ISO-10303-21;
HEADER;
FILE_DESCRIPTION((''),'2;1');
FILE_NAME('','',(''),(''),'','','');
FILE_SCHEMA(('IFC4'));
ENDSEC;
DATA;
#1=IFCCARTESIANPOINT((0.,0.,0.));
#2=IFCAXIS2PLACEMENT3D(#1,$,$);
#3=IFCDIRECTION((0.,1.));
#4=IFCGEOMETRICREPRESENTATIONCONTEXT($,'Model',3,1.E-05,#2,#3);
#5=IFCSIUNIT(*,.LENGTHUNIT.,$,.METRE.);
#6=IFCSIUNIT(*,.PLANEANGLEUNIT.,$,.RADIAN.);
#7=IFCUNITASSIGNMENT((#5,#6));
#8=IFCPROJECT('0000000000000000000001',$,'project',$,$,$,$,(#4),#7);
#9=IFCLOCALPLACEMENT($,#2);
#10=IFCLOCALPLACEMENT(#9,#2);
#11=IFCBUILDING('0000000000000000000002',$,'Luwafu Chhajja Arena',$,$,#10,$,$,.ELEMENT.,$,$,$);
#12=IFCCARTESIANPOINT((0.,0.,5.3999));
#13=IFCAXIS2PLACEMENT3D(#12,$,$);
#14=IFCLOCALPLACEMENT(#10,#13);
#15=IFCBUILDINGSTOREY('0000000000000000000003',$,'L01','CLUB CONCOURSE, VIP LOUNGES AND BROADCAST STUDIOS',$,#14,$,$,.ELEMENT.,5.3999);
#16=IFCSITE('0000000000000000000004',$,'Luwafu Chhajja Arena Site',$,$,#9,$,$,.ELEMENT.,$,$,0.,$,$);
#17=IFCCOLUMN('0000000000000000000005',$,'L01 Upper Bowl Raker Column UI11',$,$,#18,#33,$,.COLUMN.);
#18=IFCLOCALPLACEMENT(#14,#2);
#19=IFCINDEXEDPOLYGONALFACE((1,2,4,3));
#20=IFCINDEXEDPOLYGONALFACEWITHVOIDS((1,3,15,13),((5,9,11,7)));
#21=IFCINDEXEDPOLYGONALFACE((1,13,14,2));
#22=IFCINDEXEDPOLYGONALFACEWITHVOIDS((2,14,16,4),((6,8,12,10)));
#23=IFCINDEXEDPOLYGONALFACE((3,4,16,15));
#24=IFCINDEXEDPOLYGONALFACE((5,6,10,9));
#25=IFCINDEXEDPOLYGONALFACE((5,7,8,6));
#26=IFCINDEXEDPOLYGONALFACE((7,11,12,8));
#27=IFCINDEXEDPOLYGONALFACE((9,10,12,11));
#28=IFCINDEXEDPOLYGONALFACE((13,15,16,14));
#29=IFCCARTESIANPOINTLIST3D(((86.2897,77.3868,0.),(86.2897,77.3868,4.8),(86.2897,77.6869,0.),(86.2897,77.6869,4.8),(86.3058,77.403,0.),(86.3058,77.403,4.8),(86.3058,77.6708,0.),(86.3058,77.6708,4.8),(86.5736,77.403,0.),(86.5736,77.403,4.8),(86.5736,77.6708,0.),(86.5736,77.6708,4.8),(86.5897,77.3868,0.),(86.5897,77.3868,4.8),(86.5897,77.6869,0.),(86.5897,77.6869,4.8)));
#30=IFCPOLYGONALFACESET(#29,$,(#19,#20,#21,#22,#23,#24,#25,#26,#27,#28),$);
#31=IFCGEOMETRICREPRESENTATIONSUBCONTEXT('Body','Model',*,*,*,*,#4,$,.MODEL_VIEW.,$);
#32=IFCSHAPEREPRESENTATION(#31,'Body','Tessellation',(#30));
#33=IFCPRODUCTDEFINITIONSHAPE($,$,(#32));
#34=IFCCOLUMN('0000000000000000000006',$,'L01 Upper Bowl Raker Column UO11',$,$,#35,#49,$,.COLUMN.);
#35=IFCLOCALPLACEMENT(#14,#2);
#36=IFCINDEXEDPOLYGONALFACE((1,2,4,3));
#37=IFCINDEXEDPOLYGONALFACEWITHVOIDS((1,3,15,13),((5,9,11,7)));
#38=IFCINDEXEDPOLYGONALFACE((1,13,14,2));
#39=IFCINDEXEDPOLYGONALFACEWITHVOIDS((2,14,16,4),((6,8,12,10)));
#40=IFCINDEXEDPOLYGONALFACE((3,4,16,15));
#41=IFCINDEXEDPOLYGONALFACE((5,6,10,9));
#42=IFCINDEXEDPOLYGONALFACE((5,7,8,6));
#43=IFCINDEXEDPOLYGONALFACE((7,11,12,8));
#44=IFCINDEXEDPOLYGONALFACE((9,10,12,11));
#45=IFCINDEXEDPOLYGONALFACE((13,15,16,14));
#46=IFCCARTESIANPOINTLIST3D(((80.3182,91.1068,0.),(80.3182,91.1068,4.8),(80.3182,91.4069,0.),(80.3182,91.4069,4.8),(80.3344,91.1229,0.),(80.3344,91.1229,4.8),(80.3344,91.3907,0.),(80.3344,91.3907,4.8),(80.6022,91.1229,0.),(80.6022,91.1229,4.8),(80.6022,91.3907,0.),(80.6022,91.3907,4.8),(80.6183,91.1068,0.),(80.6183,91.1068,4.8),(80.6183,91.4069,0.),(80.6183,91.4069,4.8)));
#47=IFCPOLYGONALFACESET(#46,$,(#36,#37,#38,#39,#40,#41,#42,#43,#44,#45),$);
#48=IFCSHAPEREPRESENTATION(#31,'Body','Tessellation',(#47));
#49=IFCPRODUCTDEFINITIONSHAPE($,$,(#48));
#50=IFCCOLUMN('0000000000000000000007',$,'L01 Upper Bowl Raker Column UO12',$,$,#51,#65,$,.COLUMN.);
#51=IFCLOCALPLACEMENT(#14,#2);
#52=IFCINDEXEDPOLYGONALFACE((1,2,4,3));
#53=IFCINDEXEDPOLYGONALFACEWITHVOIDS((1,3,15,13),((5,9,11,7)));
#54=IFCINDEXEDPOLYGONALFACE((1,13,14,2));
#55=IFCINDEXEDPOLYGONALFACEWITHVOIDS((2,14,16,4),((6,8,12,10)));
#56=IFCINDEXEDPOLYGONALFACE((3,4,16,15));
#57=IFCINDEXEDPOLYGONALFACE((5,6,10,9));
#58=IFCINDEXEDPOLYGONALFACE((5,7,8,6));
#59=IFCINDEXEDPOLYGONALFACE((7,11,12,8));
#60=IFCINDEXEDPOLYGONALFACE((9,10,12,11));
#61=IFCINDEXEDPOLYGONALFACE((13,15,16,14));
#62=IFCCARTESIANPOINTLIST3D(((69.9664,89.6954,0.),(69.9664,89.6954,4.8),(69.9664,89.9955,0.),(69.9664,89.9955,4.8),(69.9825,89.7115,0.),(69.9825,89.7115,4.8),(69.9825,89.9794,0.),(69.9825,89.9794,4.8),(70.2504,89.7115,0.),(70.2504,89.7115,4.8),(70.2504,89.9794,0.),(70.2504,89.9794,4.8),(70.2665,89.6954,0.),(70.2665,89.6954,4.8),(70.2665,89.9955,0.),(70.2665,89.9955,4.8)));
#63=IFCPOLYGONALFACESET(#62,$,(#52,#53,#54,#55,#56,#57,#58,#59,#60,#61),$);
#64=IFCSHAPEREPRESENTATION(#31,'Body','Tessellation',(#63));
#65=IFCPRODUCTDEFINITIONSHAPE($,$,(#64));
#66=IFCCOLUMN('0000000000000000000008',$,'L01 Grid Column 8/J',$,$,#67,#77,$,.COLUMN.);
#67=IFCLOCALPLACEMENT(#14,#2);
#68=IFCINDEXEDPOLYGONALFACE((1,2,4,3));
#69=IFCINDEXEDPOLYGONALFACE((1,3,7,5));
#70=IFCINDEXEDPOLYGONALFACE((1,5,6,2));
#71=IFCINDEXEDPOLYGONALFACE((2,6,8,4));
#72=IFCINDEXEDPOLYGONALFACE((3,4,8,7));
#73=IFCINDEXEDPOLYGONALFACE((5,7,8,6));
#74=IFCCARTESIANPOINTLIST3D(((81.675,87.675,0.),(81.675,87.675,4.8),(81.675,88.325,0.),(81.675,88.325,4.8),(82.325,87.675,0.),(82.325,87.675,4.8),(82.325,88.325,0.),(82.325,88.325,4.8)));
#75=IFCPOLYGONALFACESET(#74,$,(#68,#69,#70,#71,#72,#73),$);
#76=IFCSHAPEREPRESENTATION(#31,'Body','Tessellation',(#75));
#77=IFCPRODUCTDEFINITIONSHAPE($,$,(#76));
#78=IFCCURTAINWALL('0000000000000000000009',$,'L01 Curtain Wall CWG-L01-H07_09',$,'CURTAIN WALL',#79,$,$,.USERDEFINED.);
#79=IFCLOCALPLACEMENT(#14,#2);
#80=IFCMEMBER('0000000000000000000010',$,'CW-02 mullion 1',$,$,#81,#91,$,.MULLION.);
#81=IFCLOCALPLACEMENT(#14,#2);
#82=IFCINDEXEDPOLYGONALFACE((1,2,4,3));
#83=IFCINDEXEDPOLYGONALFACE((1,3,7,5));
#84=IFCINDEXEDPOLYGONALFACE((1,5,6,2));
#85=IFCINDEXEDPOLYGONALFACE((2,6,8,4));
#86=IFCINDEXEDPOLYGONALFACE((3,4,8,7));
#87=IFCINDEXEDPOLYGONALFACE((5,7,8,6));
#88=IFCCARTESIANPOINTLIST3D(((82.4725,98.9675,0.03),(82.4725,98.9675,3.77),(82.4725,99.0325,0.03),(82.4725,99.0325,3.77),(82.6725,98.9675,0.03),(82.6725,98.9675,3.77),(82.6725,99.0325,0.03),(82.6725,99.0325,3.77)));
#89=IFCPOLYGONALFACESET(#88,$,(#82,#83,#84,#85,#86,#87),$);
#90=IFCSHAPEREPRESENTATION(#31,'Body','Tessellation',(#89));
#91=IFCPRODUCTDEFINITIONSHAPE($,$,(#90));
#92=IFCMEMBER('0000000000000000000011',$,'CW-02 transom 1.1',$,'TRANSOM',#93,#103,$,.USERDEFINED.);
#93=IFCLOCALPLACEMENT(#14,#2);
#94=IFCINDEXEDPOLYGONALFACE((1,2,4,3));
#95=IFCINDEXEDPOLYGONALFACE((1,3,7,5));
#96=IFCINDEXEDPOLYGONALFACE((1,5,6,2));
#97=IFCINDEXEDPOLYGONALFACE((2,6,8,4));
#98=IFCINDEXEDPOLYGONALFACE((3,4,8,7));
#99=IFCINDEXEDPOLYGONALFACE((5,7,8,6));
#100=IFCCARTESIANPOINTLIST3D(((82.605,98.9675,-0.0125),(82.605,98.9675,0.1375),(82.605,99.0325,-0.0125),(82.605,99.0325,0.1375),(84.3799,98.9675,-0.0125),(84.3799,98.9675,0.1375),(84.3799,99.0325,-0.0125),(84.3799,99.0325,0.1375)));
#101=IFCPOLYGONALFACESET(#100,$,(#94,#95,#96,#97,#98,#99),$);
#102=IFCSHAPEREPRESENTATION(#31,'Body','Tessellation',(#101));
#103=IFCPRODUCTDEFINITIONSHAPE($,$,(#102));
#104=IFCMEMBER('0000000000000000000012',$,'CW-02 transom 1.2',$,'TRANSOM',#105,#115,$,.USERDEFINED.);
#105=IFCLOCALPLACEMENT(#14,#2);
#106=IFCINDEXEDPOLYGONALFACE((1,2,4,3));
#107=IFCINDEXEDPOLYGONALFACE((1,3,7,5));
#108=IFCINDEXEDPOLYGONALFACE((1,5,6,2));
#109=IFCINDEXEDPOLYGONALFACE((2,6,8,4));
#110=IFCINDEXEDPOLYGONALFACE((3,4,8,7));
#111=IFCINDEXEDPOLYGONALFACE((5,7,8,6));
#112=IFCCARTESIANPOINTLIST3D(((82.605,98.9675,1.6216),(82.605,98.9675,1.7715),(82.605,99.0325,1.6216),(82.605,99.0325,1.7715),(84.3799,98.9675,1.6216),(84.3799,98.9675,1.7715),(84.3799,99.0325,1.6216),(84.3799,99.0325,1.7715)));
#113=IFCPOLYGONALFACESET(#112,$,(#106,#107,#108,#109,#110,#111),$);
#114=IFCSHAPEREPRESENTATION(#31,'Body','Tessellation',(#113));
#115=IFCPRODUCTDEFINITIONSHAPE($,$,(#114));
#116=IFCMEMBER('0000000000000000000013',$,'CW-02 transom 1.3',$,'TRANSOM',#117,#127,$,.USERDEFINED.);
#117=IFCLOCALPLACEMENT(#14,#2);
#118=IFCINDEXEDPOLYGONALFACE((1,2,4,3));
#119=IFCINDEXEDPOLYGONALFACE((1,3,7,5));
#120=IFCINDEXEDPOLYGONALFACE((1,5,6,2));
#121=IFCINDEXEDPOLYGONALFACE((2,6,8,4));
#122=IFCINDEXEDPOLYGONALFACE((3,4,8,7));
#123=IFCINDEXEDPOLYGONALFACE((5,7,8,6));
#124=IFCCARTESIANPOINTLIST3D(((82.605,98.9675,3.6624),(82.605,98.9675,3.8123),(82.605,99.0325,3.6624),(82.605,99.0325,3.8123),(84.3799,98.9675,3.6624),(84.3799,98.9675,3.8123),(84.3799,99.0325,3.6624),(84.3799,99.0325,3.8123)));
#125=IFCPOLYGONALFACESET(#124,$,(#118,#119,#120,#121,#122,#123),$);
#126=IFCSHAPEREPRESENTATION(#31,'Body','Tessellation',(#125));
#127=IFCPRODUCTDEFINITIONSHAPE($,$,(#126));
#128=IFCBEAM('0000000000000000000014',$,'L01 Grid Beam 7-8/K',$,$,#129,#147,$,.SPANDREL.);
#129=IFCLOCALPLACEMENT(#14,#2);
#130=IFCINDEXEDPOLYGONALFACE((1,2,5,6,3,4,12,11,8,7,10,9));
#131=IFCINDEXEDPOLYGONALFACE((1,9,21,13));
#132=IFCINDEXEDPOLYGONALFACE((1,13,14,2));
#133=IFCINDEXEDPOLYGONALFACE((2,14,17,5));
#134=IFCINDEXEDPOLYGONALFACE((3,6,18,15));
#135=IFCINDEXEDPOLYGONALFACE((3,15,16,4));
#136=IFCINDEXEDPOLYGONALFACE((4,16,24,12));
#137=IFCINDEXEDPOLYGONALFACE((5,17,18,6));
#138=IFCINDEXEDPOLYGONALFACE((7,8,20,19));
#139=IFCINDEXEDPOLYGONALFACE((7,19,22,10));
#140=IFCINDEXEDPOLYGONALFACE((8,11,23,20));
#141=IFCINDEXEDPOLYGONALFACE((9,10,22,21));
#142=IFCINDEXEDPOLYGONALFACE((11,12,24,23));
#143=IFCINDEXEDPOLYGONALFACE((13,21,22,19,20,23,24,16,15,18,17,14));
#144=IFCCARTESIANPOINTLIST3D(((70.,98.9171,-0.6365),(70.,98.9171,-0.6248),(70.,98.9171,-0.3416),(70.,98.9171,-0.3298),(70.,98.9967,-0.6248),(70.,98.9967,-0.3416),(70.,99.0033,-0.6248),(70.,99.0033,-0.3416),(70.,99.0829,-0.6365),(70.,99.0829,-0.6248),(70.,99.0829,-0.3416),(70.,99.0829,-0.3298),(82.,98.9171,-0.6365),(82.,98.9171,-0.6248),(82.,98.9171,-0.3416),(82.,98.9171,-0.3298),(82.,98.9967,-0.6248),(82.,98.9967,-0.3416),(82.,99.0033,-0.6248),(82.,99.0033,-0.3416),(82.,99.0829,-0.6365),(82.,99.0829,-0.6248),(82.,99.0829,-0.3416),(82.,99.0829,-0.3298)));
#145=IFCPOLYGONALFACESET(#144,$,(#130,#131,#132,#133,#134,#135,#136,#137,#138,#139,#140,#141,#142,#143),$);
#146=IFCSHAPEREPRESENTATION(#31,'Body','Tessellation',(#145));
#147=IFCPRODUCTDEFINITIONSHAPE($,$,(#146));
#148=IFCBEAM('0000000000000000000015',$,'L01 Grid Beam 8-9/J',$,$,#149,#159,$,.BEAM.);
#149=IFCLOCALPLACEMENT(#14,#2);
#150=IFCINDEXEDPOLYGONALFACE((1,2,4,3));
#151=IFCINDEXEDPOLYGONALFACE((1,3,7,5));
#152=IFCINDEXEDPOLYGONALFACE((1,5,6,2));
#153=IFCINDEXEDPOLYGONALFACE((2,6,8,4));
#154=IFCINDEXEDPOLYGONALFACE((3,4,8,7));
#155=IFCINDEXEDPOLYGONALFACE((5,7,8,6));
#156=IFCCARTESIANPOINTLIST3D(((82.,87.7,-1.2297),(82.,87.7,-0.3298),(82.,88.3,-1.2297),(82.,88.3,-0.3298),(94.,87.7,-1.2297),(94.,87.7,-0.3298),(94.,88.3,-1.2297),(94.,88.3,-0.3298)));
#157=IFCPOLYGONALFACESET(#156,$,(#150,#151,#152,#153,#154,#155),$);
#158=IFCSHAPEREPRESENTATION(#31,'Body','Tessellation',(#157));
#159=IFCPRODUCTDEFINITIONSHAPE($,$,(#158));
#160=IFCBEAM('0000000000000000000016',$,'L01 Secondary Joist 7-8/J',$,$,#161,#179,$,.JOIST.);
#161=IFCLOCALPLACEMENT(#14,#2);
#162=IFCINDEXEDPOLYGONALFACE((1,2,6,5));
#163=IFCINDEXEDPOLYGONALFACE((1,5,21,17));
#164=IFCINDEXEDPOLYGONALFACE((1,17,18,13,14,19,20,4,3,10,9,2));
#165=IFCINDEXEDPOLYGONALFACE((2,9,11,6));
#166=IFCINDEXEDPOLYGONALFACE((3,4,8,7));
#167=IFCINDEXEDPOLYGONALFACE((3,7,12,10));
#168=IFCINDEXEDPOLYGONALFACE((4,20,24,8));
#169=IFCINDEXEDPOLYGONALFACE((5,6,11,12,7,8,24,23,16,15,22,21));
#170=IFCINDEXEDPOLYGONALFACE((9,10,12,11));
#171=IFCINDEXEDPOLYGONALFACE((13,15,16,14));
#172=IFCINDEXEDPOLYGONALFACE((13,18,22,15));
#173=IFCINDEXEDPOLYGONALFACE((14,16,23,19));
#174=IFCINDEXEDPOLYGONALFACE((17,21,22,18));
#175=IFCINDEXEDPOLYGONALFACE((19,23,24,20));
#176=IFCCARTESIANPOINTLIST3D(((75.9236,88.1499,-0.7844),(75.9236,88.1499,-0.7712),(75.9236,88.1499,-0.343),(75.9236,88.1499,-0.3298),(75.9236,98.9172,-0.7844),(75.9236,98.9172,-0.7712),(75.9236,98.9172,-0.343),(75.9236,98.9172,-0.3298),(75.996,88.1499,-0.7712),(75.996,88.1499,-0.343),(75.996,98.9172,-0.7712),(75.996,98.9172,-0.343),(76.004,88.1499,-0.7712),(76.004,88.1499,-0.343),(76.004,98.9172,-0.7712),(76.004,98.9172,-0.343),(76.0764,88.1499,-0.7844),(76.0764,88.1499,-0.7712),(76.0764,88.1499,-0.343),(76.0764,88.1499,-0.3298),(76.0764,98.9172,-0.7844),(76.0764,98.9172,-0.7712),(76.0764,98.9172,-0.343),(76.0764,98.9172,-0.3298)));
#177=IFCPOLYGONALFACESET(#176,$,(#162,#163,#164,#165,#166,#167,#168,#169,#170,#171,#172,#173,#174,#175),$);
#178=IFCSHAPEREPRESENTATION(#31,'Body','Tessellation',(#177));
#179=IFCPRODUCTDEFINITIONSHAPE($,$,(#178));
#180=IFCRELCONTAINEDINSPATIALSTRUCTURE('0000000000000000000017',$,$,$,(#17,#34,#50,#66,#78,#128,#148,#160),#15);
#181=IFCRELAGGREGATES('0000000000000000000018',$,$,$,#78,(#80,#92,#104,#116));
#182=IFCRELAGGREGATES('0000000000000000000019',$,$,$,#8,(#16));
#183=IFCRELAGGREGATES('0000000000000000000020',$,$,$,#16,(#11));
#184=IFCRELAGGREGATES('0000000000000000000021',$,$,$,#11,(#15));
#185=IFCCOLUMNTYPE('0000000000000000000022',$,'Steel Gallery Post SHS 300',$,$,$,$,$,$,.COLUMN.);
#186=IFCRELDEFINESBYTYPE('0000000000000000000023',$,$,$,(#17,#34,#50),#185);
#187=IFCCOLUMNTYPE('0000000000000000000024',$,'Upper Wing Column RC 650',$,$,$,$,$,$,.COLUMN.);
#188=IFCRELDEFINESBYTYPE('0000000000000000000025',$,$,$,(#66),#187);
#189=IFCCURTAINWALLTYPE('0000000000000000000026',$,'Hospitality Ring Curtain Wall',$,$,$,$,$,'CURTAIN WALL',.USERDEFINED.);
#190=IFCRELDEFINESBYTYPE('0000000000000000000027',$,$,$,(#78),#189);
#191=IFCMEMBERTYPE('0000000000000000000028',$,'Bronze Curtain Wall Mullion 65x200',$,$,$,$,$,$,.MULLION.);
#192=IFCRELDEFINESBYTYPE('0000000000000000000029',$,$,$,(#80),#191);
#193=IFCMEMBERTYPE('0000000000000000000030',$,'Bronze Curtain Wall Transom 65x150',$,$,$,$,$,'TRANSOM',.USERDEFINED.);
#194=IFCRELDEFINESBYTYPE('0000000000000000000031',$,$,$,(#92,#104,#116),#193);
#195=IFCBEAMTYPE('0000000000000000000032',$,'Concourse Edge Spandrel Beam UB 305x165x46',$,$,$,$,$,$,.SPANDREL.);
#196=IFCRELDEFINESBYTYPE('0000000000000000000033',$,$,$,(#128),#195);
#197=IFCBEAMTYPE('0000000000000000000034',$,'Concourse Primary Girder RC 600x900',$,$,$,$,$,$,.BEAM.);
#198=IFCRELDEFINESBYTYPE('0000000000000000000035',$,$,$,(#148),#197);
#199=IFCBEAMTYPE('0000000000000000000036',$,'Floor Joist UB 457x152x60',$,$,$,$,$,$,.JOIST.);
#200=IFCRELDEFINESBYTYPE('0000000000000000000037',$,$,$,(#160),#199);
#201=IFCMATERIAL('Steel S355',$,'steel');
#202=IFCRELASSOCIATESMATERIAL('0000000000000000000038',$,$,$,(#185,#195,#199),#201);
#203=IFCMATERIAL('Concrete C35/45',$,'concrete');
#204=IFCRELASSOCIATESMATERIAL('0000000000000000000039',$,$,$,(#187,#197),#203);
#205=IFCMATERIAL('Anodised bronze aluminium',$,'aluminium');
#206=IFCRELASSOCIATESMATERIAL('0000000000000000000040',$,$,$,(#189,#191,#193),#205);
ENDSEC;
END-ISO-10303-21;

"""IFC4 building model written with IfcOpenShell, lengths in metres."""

from ifc_helpers import new_model, si_unit, direction, frame, origin, origin_2d, place, context, subcontext, project, spatial, rectangle, hollow_rectangle, i_section, extrude, material, material_profile, profile_set, type_object, element, aggregate, save


model = new_model("IFC4")

# Units and contexts
model_context = context("Model", 3, precision=1e-05, world=origin(), true_north=direction((0.0, 1.0)))
body_context = subcontext(model_context, "Body", "Model", "MODEL_VIEW")
ifc_project = project(units=[si_unit("LENGTHUNIT", "METRE"), si_unit("PLANEANGLEUNIT", "RADIAN")], contexts=[model_context])

# Site, building, storey
site_placement = place(None, origin())
site = spatial("IfcSite", under=ifc_project, at=site_placement, Name="Luwafu Chhajja Arena Site", CompositionType="ELEMENT", RefElevation=0.0)
building_placement = place(site_placement, origin())
building = spatial("IfcBuilding", under=site, at=building_placement, Name="Luwafu Chhajja Arena", CompositionType="ELEMENT")
storey_placement = place(building_placement, frame((0.0, 0.0, 5.3999)))
storey = spatial("IfcBuildingStorey", under=building, at=storey_placement, Name="L01", Description="CLUB CONCOURSE, VIP LOUNGES AND BROADCAST STUDIOS", CompositionType="ELEMENT", Elevation=5.3999)

# Columns
ifc_material_1 = material(Name="Concrete C35/45", Category="concrete")
ifc_material_2 = material(Name="Steel S355", Category="steel")
ifc_material_profile_1 = material_profile(ifc_material_2, hollow_rectangle(XDim=0.3, YDim=0.3, WallThickness=0.0161, at=origin_2d()), Name="SHS 300x300x16")
ifc_profile_set_1 = profile_set([ifc_material_profile_1], Name="Steel S355")
column_type_1 = type_object("IfcColumnType", Name="Steel Gallery Post SHS 300", PredefinedType="COLUMN", material=ifc_profile_set_1)
for number, where, z_axis, x_axis, name in (
    (1, (86.4397, 77.5369, 0.0), (0.0, 0.0, 1.0), (1.0, 0.0, 0.0), "L01 Upper Bowl Raker Column UI11"),
    (2, (80.4683, 91.2568, 0.0), (0.0, 0.0, 1.0), (1.0, 0.0, 0.0), "L01 Upper Bowl Raker Column UO11"),
    (3, (70.1165, 89.8455, 0.0), (0.0, 0.0, 1.0), (1.0, 0.0, 0.0), "L01 Upper Bowl Raker Column UO12"),
):
    element("IfcColumn", number, at=place(storey_placement, frame(where, z_axis=z_axis, x_axis=x_axis)), inside=storey, type_object=column_type_1, Name=name, PredefinedType="COLUMN", context=body_context, shape_type="SweptSolid", body=[
        extrude(hollow_rectangle(XDim=0.3, YDim=0.3, WallThickness=0.0161, at=origin_2d()), origin(), (0.0, 0.0, 1.0), 4.8),
    ])
ifc_material_profile_2 = material_profile(ifc_material_1, rectangle(XDim=0.6499, YDim=0.6499, at=origin_2d()), Name="RC 650x650")
ifc_profile_set_2 = profile_set([ifc_material_profile_2], Name="Concrete C35/45")
column_type_2 = type_object("IfcColumnType", Name="Upper Wing Column RC 650", PredefinedType="COLUMN", material=ifc_profile_set_2)
column_1_placement = place(storey_placement, frame((82.0, 88.0, 0.0), z_axis=(0.0, 0.0, 1.0), x_axis=(1.0, 0.0, 0.0)))
element("IfcColumn", 4, at=column_1_placement, inside=storey, type_object=column_type_2, Name="L01 Grid Column 8/J", PredefinedType="COLUMN", context=body_context, shape_type="SweptSolid", body=[
    extrude(rectangle(XDim=0.6499, YDim=0.6499, at=origin_2d()), origin(), (0.0, 0.0, 1.0), 4.8),
])

# Curtain wall, members
ifc_material_3 = material(Name="Anodised bronze aluminium", Category="aluminium")
curtain_wall_type = type_object("IfcCurtainWallType", Name="Hospitality Ring Curtain Wall", ElementType="CURTAIN WALL", PredefinedType="USERDEFINED", material=ifc_material_3)
curtain_wall_placement = place(storey_placement, origin())
curtain_wall = element("IfcCurtainWall", 5, at=curtain_wall_placement, inside=storey, type_object=curtain_wall_type, Name="L01 Curtain Wall CWG-L01-H07_09", ObjectType="CURTAIN WALL", PredefinedType="USERDEFINED")
ifc_material_profile_3 = material_profile(ifc_material_3, rectangle(XDim=0.0649, YDim=0.2, at=origin_2d()), Name="CWM 65x200")
ifc_profile_set_3 = profile_set([ifc_material_profile_3], Name="Anodised bronze aluminium")
member_type_1 = type_object("IfcMemberType", Name="Bronze Curtain Wall Mullion 65x200", PredefinedType="MULLION", material=ifc_profile_set_3)
member_1_placement = place(storey_placement, frame((82.5725, 99.0, 0.03), z_axis=(0.0, 0.0, 1.0), x_axis=(0.0, 1.0, 0.0)))
member_1 = element("IfcMember", 6, at=member_1_placement, type_object=member_type_1, Name="CW-02 mullion 1", PredefinedType="MULLION", context=body_context, shape_type="SweptSolid", body=[
    extrude(rectangle(XDim=0.0649, YDim=0.2, at=origin_2d()), origin(), (0.0, 0.0, 1.0), 3.74),
])
ifc_material_profile_4 = material_profile(ifc_material_3, rectangle(XDim=0.0649, YDim=0.1499, at=origin_2d()), Name="CWT 65x150")
ifc_profile_set_4 = profile_set([ifc_material_profile_4], Name="Anodised bronze aluminium")
member_type_2 = type_object("IfcMemberType", Name="Bronze Curtain Wall Transom 65x150", ElementType="TRANSOM", PredefinedType="USERDEFINED", material=ifc_profile_set_4)
member_2_placement = place(storey_placement, frame((82.605, 99.0, 0.0625), z_axis=(1.0, 0.0, 0.0), x_axis=(0.0, 1.0, 0.0)))
member_2 = element("IfcMember", 7, at=member_2_placement, type_object=member_type_2, Name="CW-02 transom 1.1", ObjectType="TRANSOM", PredefinedType="USERDEFINED", context=body_context, shape_type="SweptSolid", body=[
    extrude(rectangle(XDim=0.0649, YDim=0.1499, at=origin_2d()), origin(), (0.0, 0.0, 1.0), 1.7749),
])
member_3_placement = place(storey_placement, frame((82.605, 99.0, 1.6965), z_axis=(1.0, 0.0, 0.0), x_axis=(0.0, 1.0, 0.0)))
member_3 = element("IfcMember", 8, at=member_3_placement, type_object=member_type_2, Name="CW-02 transom 1.2", ObjectType="TRANSOM", PredefinedType="USERDEFINED", context=body_context, shape_type="SweptSolid", body=[
    extrude(rectangle(XDim=0.0649, YDim=0.1499, at=origin_2d()), origin(), (0.0, 0.0, 1.0), 1.7749),
])
member_4_placement = place(storey_placement, frame((82.605, 99.0, 3.7373), z_axis=(1.0, 0.0, 0.0), x_axis=(0.0, 1.0, 0.0)))
member_4 = element("IfcMember", 9, at=member_4_placement, type_object=member_type_2, Name="CW-02 transom 1.3", ObjectType="TRANSOM", PredefinedType="USERDEFINED", context=body_context, shape_type="SweptSolid", body=[
    extrude(rectangle(XDim=0.0649, YDim=0.1499, at=origin_2d()), origin(), (0.0, 0.0, 1.0), 1.7749),
])

# Beams
ifc_material_profile_5 = material_profile(ifc_material_2, i_section(OverallWidth=0.1658, OverallDepth=0.3066, WebThickness=0.0066, FlangeThickness=0.0117, at=origin_2d()), Name="UB 305x165x46")
ifc_profile_set_5 = profile_set([ifc_material_profile_5], Name="Steel S355")
beam_type_1 = type_object("IfcBeamType", Name="Concourse Edge Spandrel Beam UB 305x165x46", PredefinedType="SPANDREL", material=ifc_profile_set_5)
beam_1_placement = place(storey_placement, frame((70.0, 99.0, -0.4832), z_axis=(1.0, 0.0, 0.0), x_axis=(0.0, 1.0, 0.0)))
element("IfcBeam", 10, at=beam_1_placement, inside=storey, type_object=beam_type_1, Name="L01 Grid Beam 7-8/K", PredefinedType="SPANDREL", context=body_context, shape_type="SweptSolid", body=[
    extrude(i_section(OverallWidth=0.1658, OverallDepth=0.3066, WebThickness=0.0066, FlangeThickness=0.0117, at=origin_2d()), origin(), (0.0, 0.0, 1.0), 12.0),
])
ifc_material_profile_6 = material_profile(ifc_material_1, rectangle(XDim=0.6001, YDim=0.8999, at=origin_2d()), Name="RC 600x900")
ifc_profile_set_6 = profile_set([ifc_material_profile_6], Name="Concrete C35/45")
beam_type_2 = type_object("IfcBeamType", Name="Concourse Primary Girder RC 600x900", PredefinedType="BEAM", material=ifc_profile_set_6)
beam_2_placement = place(storey_placement, frame((82.0, 88.0, -0.7798), z_axis=(1.0, 0.0, 0.0), x_axis=(0.0, 1.0, 0.0)))
element("IfcBeam", 11, at=beam_2_placement, inside=storey, type_object=beam_type_2, Name="L01 Grid Beam 8-9/J", PredefinedType="BEAM", context=body_context, shape_type="SweptSolid", body=[
    extrude(rectangle(XDim=0.6001, YDim=0.8999, at=origin_2d()), origin(), (0.0, 0.0, 1.0), 12.0),
])
ifc_material_profile_7 = material_profile(ifc_material_2, i_section(OverallWidth=0.1528, OverallDepth=0.4546, WebThickness=0.0081, FlangeThickness=0.0132, at=origin_2d()), Name="UB 457x152x60")
ifc_profile_set_7 = profile_set([ifc_material_profile_7], Name="Steel S355")
beam_type_3 = type_object("IfcBeamType", Name="Floor Joist UB 457x152x60", PredefinedType="JOIST", material=ifc_profile_set_7)
beam_3_placement = place(storey_placement, frame((76.0, 88.1499, -0.5571), z_axis=(0.0, 1.0, 0.0), x_axis=(-1.0, 0.0, 0.0)))
element("IfcBeam", 12, at=beam_3_placement, inside=storey, type_object=beam_type_3, Name="L01 Secondary Joist 7-8/J", PredefinedType="JOIST", context=body_context, shape_type="SweptSolid", body=[
    extrude(i_section(OverallWidth=0.1528, OverallDepth=0.4546, WebThickness=0.0081, FlangeThickness=0.0132, at=origin_2d()), origin(), (0.0, 0.0, 1.0), 10.7673),
])

aggregate(curtain_wall, [member_1, member_2, member_3, member_4])

save(model, "model.ifc")
